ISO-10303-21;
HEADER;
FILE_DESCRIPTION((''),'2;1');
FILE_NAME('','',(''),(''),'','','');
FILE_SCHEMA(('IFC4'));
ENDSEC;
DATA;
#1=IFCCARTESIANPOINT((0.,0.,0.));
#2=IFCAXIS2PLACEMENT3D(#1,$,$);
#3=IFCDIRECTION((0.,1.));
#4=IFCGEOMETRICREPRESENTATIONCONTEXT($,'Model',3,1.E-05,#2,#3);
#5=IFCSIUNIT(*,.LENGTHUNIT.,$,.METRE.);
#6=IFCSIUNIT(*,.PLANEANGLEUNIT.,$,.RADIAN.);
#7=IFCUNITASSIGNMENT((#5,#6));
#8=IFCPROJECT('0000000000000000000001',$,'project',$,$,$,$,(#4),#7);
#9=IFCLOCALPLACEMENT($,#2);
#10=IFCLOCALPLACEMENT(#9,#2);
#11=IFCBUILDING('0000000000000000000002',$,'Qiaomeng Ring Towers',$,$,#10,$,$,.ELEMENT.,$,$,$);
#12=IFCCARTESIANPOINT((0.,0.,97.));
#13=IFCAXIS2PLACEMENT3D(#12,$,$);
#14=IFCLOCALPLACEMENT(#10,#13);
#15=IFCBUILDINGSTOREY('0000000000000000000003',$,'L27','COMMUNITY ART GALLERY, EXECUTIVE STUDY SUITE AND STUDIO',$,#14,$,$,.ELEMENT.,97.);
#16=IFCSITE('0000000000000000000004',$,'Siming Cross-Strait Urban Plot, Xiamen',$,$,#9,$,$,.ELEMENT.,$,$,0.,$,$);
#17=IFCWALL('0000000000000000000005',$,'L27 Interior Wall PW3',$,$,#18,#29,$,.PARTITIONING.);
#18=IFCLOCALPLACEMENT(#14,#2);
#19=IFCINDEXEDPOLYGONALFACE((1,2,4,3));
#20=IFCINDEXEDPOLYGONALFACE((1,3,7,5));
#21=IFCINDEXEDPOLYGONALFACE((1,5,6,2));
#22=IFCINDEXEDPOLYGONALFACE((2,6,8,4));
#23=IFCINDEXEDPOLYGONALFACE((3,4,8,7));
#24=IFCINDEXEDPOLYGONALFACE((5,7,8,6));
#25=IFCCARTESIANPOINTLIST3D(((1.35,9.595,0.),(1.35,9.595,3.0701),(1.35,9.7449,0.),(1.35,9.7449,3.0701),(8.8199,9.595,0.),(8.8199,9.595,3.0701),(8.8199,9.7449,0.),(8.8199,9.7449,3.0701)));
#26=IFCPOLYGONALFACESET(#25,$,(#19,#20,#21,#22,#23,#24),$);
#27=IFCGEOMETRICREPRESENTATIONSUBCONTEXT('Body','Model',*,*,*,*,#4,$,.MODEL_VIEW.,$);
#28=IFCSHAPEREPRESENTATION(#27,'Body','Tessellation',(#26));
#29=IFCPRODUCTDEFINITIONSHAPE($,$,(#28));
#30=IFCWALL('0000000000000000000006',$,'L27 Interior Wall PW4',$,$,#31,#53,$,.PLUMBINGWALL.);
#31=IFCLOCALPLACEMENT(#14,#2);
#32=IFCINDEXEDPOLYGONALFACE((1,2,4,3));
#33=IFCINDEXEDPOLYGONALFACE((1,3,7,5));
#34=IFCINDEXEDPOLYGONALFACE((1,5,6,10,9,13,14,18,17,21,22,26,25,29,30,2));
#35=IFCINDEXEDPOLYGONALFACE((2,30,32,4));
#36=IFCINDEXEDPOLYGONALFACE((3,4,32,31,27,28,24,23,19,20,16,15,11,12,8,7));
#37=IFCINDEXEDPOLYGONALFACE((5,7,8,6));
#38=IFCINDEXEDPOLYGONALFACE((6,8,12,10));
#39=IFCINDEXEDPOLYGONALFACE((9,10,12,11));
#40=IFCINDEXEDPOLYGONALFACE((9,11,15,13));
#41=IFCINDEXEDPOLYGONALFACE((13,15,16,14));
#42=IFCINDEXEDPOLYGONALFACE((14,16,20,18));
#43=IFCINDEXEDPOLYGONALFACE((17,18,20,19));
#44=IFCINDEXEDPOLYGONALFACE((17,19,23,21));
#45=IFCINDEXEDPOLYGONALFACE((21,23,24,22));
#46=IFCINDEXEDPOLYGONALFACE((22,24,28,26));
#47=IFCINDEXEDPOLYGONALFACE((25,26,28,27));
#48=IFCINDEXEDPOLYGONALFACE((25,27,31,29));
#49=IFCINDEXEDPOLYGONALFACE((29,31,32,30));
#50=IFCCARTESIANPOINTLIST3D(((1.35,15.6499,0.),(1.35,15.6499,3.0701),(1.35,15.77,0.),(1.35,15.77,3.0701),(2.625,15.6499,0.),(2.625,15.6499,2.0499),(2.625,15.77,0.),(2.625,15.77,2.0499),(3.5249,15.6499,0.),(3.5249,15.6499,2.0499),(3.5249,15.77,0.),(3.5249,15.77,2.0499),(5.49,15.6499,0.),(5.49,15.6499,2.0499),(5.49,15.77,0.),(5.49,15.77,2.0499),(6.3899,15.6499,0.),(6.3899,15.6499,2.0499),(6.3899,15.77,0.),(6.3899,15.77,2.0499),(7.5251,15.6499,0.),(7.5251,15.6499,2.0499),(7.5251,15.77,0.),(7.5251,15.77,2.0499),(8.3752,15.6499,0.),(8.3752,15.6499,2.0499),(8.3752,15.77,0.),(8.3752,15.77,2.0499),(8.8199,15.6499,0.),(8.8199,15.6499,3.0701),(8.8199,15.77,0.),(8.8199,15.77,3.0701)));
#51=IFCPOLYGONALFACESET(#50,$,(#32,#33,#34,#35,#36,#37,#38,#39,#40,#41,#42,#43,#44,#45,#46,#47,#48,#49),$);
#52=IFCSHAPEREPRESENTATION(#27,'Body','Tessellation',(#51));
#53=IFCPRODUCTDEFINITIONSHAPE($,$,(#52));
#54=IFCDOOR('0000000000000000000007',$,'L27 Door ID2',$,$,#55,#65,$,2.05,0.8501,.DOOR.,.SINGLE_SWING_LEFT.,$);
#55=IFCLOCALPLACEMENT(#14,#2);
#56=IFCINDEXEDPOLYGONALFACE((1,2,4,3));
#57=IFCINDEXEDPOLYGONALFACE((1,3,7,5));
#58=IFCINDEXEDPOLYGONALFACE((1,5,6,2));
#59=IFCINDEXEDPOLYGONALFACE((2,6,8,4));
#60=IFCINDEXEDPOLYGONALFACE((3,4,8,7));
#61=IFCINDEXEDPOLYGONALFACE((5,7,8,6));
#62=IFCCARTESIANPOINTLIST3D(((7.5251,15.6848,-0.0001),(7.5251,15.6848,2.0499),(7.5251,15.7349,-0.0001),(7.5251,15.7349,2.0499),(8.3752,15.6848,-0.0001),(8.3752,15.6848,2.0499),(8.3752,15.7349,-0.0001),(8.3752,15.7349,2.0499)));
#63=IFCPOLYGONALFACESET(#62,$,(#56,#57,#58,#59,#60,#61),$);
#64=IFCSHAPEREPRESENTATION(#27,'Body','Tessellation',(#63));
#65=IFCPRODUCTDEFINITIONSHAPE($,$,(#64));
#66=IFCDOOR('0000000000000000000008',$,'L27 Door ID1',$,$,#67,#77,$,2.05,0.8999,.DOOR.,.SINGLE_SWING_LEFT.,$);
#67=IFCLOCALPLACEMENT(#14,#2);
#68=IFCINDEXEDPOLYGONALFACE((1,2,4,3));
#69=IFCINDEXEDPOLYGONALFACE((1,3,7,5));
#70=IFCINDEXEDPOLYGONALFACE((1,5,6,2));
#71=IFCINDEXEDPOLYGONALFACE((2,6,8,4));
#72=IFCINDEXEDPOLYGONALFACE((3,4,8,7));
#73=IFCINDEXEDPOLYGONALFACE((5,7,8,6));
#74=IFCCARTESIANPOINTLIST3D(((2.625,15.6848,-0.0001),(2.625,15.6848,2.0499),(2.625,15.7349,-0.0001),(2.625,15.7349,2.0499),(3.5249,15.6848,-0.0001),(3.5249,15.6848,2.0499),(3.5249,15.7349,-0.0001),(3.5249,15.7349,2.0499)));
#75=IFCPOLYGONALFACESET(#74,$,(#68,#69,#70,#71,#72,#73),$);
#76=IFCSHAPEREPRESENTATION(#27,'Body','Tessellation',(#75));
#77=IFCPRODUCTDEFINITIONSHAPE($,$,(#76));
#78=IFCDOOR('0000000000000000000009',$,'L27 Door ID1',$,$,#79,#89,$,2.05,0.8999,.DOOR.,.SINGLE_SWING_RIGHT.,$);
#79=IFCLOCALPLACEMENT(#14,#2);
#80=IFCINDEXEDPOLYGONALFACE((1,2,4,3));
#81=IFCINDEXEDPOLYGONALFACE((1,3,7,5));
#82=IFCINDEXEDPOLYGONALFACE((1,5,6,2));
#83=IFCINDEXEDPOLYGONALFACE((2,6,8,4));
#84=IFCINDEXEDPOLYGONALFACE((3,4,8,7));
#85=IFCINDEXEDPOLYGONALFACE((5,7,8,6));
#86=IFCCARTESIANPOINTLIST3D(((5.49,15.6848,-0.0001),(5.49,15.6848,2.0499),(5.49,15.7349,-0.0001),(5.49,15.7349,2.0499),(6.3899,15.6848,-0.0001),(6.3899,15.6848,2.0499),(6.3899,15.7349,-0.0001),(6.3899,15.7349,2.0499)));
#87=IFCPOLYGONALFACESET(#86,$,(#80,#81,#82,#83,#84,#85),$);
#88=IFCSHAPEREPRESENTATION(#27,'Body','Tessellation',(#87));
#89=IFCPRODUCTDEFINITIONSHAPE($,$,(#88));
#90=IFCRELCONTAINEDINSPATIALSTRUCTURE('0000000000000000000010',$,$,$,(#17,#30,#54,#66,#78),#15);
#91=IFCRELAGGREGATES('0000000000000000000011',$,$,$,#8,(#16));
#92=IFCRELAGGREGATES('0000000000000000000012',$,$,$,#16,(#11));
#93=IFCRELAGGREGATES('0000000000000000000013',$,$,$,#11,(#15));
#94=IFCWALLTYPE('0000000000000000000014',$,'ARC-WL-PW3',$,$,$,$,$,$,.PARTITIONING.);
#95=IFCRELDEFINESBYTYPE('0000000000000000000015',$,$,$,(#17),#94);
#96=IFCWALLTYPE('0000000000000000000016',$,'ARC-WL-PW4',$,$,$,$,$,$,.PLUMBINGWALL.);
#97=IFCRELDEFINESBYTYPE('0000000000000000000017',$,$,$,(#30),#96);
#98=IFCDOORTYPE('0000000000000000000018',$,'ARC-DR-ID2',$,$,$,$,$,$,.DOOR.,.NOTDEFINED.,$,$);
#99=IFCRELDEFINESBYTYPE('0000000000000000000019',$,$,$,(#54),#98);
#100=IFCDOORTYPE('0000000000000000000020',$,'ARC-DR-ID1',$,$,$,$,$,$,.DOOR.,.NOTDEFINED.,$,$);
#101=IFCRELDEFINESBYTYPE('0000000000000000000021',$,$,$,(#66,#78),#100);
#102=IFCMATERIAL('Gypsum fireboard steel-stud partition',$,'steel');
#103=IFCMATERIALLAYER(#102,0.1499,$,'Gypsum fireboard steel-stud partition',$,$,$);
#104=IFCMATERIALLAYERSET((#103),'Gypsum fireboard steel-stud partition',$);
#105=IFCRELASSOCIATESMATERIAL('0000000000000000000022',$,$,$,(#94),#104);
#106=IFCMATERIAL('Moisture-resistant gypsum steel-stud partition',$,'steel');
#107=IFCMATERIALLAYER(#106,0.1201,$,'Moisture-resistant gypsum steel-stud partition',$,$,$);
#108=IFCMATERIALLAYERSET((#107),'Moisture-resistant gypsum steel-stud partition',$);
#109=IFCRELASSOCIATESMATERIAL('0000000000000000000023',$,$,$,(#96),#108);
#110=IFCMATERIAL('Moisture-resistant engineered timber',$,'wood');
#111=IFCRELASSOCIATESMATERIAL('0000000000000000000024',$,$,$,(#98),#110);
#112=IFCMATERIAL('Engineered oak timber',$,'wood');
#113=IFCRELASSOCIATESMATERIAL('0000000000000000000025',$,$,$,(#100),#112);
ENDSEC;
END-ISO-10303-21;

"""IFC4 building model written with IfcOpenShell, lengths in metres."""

from ifc_helpers import new_model, si_unit, direction, frame, frame_2d, origin, place, context, subcontext, project, spatial, rectangle, extrude, source, transform, mapped, material, layer, layer_set, type_object, element, fill, save


model = new_model("IFC4")

# Units and contexts
model_context = context("Model", 3, precision=1e-05, world=origin(), true_north=direction((0.0, 1.0)))
body_context = subcontext(model_context, "Body", "Model", "MODEL_VIEW")
ifc_project = project(units=[si_unit("LENGTHUNIT", "METRE"), si_unit("PLANEANGLEUNIT", "RADIAN")], contexts=[model_context])

# Site, building, storey
site_placement = place(None, origin())
site = spatial("IfcSite", under=ifc_project, at=site_placement, Name="Siming Cross-Strait Urban Plot, Xiamen", CompositionType="ELEMENT", RefElevation=0.0)
building_placement = place(site_placement, origin())
building = spatial("IfcBuilding", under=site, at=building_placement, Name="Qiaomeng Ring Towers", CompositionType="ELEMENT")
storey_placement = place(building_placement, frame((0.0, 0.0, 97.0)))
storey = spatial("IfcBuildingStorey", under=building, at=storey_placement, Name="L27", Description="COMMUNITY ART GALLERY, EXECUTIVE STUDY SUITE AND STUDIO", CompositionType="ELEMENT", Elevation=97.0)

# Wall
ifc_material_1 = material(Name="Gypsum fireboard steel-stud partition", Category="steel")
ifc_layer_1 = layer(ifc_material_1, 0.1499, Name="Gypsum fireboard steel-stud partition")
ifc_layer_set_1 = layer_set([ifc_layer_1], Name="Gypsum fireboard steel-stud partition")
wall_type_1 = type_object("IfcWallType", Name="ARC-WL-PW3", PredefinedType="PARTITIONING", material=ifc_layer_set_1)
wall_1_placement = place(storey_placement, frame((1.3501, 9.6699, 0.0), z_axis=(0.0, 0.0, 1.0), x_axis=(1.0, 0.0, 0.0)))
element("IfcWall", 1, at=wall_1_placement, inside=storey, type_object=wall_type_1, Name="L27 Interior Wall PW3", PredefinedType="PARTITIONING", context=body_context, shape_type="SweptSolid", body=[
    extrude(rectangle(XDim=7.47, YDim=0.1499, at=frame_2d((3.7349, 0.0))), origin(), (0.0, 0.0, 1.0), 3.0701),
])

# Wall, openings, doors
ifc_material_2 = material(Name="Moisture-resistant gypsum steel-stud partition", Category="steel")
ifc_layer_2 = layer(ifc_material_2, 0.1201, Name="Moisture-resistant gypsum steel-stud partition")
ifc_layer_set_2 = layer_set([ifc_layer_2], Name="Moisture-resistant gypsum steel-stud partition")
wall_type_2 = type_object("IfcWallType", Name="ARC-WL-PW4", PredefinedType="PLUMBINGWALL", material=ifc_layer_set_2)
wall_2_placement = place(storey_placement, frame((1.3501, 15.71, 0.0), z_axis=(0.0, 0.0, 1.0), x_axis=(1.0, 0.0, 0.0)))
wall_2 = element("IfcWall", 2, at=wall_2_placement, inside=storey, type_object=wall_type_2, Name="L27 Interior Wall PW4", PredefinedType="PLUMBINGWALL", context=body_context, shape_type="SweptSolid", body=[
    extrude(rectangle(XDim=7.47, YDim=0.1201, at=frame_2d((3.7349, 0.0))), origin(), (0.0, 0.0, 1.0), 3.0701),
])
opening_1_placement = place(wall_2_placement, frame((1.2749, 0.0, 0.0)))
opening_1 = element("IfcOpeningElement", 3, at=opening_1_placement, cuts=wall_2, PredefinedType="OPENING", context=body_context, shape_type="SweptSolid", body=[
    extrude(rectangle(XDim=0.8999, YDim=2.05, at=frame_2d((0.45, 1.0249))), frame((0.0, 0.0701, 0.0), z_axis=(0.0, -1.0, 0.0), x_axis=(1.0, 0.0, 0.0)), (0.0, 0.0, 1.0), 0.1401),
])
opening_2_placement = place(wall_2_placement, frame((4.1399, 0.0, 0.0)))
opening_2 = element("IfcOpeningElement", 4, at=opening_2_placement, cuts=wall_2, PredefinedType="OPENING", context=body_context, shape_type="SweptSolid", body=[
    extrude(rectangle(XDim=0.8999, YDim=2.05, at=frame_2d((0.45, 1.0249))), frame((0.0, 0.0701, 0.0), z_axis=(0.0, -1.0, 0.0), x_axis=(1.0, 0.0, 0.0)), (0.0, 0.0, 1.0), 0.1401),
])
opening_3_placement = place(wall_2_placement, frame((6.175, 0.0, 0.0)))
opening_3 = element("IfcOpeningElement", 5, at=opening_3_placement, cuts=wall_2, PredefinedType="OPENING", context=body_context, shape_type="SweptSolid", body=[
    extrude(rectangle(XDim=0.8501, YDim=2.05, at=frame_2d((0.425, 1.0249))), frame((0.0, 0.0701, 0.0), z_axis=(0.0, -1.0, 0.0), x_axis=(1.0, 0.0, 0.0)), (0.0, 0.0, 1.0), 0.1401),
])
ifc_material_3 = material(Name="Moisture-resistant engineered timber", Category="wood")
door_type_1 = type_object("IfcDoorType", Name="ARC-DR-ID2", OperationType="NOTDEFINED", PredefinedType="DOOR", material=ifc_material_3)
shared_shape_1 = source(origin(), body_context, "Body", "SweptSolid", [
    extrude(rectangle(XDim=0.8501, YDim=2.05, at=frame_2d((0.425, 1.0249))), frame((0.0, 0.0249, 0.0), z_axis=(0.0, -1.0, 0.0), x_axis=(1.0, 0.0, 0.0)), (0.0, 0.0, 1.0), 0.05),
])
door_1_placement = place(opening_3_placement, origin())
door_1 = element("IfcDoor", 6, at=door_1_placement, inside=storey, type_object=door_type_1, Name="L27 Door ID2", OperationType="SINGLE_SWING_LEFT", OverallHeight=2.05, OverallWidth=0.8501, PredefinedType="DOOR", context=body_context, shape_type="MappedRepresentation", body=[
    mapped(shared_shape_1, transform((0.0, 0.0, 0.0), x_axis=(1.0, 0.0, 0.0), y_axis=(0.0, 1.0, 0.0), z_axis=(0.0, 0.0, 1.0), scale=1.0)),
])
fill(opening_3, door_1)
ifc_material_4 = material(Name="Engineered oak timber", Category="wood")
door_type_2 = type_object("IfcDoorType", Name="ARC-DR-ID1", OperationType="NOTDEFINED", PredefinedType="DOOR", material=ifc_material_4)
shared_shape_2 = source(origin(), body_context, "Body", "SweptSolid", [
    extrude(rectangle(XDim=0.8999, YDim=2.05, at=frame_2d((0.45, 1.0249))), frame((0.0, 0.0249, 0.0), z_axis=(0.0, -1.0, 0.0), x_axis=(1.0, 0.0, 0.0)), (0.0, 0.0, 1.0), 0.05),
])
door_2_placement = place(opening_1_placement, origin())
door_2 = element("IfcDoor", 7, at=door_2_placement, inside=storey, type_object=door_type_2, Name="L27 Door ID1", OperationType="SINGLE_SWING_LEFT", OverallHeight=2.05, OverallWidth=0.8999, PredefinedType="DOOR", context=body_context, shape_type="MappedRepresentation", body=[
    mapped(shared_shape_2, transform((0.0, 0.0, 0.0), x_axis=(1.0, 0.0, 0.0), y_axis=(0.0, 1.0, 0.0), z_axis=(0.0, 0.0, 1.0), scale=1.0)),
])
fill(opening_1, door_2)
door_3_placement = place(opening_2_placement, origin())
door_3 = element("IfcDoor", 8, at=door_3_placement, inside=storey, type_object=door_type_2, Name="L27 Door ID1", OperationType="SINGLE_SWING_RIGHT", OverallHeight=2.05, OverallWidth=0.8999, PredefinedType="DOOR", context=body_context, shape_type="MappedRepresentation", body=[
    mapped(shared_shape_2, transform((0.0, 0.0, 0.0), x_axis=(1.0, 0.0, 0.0), y_axis=(0.0, 1.0, 0.0), z_axis=(0.0, 0.0, 1.0), scale=1.0)),
])
fill(opening_2, door_3)

save(model, "model.ifc")
